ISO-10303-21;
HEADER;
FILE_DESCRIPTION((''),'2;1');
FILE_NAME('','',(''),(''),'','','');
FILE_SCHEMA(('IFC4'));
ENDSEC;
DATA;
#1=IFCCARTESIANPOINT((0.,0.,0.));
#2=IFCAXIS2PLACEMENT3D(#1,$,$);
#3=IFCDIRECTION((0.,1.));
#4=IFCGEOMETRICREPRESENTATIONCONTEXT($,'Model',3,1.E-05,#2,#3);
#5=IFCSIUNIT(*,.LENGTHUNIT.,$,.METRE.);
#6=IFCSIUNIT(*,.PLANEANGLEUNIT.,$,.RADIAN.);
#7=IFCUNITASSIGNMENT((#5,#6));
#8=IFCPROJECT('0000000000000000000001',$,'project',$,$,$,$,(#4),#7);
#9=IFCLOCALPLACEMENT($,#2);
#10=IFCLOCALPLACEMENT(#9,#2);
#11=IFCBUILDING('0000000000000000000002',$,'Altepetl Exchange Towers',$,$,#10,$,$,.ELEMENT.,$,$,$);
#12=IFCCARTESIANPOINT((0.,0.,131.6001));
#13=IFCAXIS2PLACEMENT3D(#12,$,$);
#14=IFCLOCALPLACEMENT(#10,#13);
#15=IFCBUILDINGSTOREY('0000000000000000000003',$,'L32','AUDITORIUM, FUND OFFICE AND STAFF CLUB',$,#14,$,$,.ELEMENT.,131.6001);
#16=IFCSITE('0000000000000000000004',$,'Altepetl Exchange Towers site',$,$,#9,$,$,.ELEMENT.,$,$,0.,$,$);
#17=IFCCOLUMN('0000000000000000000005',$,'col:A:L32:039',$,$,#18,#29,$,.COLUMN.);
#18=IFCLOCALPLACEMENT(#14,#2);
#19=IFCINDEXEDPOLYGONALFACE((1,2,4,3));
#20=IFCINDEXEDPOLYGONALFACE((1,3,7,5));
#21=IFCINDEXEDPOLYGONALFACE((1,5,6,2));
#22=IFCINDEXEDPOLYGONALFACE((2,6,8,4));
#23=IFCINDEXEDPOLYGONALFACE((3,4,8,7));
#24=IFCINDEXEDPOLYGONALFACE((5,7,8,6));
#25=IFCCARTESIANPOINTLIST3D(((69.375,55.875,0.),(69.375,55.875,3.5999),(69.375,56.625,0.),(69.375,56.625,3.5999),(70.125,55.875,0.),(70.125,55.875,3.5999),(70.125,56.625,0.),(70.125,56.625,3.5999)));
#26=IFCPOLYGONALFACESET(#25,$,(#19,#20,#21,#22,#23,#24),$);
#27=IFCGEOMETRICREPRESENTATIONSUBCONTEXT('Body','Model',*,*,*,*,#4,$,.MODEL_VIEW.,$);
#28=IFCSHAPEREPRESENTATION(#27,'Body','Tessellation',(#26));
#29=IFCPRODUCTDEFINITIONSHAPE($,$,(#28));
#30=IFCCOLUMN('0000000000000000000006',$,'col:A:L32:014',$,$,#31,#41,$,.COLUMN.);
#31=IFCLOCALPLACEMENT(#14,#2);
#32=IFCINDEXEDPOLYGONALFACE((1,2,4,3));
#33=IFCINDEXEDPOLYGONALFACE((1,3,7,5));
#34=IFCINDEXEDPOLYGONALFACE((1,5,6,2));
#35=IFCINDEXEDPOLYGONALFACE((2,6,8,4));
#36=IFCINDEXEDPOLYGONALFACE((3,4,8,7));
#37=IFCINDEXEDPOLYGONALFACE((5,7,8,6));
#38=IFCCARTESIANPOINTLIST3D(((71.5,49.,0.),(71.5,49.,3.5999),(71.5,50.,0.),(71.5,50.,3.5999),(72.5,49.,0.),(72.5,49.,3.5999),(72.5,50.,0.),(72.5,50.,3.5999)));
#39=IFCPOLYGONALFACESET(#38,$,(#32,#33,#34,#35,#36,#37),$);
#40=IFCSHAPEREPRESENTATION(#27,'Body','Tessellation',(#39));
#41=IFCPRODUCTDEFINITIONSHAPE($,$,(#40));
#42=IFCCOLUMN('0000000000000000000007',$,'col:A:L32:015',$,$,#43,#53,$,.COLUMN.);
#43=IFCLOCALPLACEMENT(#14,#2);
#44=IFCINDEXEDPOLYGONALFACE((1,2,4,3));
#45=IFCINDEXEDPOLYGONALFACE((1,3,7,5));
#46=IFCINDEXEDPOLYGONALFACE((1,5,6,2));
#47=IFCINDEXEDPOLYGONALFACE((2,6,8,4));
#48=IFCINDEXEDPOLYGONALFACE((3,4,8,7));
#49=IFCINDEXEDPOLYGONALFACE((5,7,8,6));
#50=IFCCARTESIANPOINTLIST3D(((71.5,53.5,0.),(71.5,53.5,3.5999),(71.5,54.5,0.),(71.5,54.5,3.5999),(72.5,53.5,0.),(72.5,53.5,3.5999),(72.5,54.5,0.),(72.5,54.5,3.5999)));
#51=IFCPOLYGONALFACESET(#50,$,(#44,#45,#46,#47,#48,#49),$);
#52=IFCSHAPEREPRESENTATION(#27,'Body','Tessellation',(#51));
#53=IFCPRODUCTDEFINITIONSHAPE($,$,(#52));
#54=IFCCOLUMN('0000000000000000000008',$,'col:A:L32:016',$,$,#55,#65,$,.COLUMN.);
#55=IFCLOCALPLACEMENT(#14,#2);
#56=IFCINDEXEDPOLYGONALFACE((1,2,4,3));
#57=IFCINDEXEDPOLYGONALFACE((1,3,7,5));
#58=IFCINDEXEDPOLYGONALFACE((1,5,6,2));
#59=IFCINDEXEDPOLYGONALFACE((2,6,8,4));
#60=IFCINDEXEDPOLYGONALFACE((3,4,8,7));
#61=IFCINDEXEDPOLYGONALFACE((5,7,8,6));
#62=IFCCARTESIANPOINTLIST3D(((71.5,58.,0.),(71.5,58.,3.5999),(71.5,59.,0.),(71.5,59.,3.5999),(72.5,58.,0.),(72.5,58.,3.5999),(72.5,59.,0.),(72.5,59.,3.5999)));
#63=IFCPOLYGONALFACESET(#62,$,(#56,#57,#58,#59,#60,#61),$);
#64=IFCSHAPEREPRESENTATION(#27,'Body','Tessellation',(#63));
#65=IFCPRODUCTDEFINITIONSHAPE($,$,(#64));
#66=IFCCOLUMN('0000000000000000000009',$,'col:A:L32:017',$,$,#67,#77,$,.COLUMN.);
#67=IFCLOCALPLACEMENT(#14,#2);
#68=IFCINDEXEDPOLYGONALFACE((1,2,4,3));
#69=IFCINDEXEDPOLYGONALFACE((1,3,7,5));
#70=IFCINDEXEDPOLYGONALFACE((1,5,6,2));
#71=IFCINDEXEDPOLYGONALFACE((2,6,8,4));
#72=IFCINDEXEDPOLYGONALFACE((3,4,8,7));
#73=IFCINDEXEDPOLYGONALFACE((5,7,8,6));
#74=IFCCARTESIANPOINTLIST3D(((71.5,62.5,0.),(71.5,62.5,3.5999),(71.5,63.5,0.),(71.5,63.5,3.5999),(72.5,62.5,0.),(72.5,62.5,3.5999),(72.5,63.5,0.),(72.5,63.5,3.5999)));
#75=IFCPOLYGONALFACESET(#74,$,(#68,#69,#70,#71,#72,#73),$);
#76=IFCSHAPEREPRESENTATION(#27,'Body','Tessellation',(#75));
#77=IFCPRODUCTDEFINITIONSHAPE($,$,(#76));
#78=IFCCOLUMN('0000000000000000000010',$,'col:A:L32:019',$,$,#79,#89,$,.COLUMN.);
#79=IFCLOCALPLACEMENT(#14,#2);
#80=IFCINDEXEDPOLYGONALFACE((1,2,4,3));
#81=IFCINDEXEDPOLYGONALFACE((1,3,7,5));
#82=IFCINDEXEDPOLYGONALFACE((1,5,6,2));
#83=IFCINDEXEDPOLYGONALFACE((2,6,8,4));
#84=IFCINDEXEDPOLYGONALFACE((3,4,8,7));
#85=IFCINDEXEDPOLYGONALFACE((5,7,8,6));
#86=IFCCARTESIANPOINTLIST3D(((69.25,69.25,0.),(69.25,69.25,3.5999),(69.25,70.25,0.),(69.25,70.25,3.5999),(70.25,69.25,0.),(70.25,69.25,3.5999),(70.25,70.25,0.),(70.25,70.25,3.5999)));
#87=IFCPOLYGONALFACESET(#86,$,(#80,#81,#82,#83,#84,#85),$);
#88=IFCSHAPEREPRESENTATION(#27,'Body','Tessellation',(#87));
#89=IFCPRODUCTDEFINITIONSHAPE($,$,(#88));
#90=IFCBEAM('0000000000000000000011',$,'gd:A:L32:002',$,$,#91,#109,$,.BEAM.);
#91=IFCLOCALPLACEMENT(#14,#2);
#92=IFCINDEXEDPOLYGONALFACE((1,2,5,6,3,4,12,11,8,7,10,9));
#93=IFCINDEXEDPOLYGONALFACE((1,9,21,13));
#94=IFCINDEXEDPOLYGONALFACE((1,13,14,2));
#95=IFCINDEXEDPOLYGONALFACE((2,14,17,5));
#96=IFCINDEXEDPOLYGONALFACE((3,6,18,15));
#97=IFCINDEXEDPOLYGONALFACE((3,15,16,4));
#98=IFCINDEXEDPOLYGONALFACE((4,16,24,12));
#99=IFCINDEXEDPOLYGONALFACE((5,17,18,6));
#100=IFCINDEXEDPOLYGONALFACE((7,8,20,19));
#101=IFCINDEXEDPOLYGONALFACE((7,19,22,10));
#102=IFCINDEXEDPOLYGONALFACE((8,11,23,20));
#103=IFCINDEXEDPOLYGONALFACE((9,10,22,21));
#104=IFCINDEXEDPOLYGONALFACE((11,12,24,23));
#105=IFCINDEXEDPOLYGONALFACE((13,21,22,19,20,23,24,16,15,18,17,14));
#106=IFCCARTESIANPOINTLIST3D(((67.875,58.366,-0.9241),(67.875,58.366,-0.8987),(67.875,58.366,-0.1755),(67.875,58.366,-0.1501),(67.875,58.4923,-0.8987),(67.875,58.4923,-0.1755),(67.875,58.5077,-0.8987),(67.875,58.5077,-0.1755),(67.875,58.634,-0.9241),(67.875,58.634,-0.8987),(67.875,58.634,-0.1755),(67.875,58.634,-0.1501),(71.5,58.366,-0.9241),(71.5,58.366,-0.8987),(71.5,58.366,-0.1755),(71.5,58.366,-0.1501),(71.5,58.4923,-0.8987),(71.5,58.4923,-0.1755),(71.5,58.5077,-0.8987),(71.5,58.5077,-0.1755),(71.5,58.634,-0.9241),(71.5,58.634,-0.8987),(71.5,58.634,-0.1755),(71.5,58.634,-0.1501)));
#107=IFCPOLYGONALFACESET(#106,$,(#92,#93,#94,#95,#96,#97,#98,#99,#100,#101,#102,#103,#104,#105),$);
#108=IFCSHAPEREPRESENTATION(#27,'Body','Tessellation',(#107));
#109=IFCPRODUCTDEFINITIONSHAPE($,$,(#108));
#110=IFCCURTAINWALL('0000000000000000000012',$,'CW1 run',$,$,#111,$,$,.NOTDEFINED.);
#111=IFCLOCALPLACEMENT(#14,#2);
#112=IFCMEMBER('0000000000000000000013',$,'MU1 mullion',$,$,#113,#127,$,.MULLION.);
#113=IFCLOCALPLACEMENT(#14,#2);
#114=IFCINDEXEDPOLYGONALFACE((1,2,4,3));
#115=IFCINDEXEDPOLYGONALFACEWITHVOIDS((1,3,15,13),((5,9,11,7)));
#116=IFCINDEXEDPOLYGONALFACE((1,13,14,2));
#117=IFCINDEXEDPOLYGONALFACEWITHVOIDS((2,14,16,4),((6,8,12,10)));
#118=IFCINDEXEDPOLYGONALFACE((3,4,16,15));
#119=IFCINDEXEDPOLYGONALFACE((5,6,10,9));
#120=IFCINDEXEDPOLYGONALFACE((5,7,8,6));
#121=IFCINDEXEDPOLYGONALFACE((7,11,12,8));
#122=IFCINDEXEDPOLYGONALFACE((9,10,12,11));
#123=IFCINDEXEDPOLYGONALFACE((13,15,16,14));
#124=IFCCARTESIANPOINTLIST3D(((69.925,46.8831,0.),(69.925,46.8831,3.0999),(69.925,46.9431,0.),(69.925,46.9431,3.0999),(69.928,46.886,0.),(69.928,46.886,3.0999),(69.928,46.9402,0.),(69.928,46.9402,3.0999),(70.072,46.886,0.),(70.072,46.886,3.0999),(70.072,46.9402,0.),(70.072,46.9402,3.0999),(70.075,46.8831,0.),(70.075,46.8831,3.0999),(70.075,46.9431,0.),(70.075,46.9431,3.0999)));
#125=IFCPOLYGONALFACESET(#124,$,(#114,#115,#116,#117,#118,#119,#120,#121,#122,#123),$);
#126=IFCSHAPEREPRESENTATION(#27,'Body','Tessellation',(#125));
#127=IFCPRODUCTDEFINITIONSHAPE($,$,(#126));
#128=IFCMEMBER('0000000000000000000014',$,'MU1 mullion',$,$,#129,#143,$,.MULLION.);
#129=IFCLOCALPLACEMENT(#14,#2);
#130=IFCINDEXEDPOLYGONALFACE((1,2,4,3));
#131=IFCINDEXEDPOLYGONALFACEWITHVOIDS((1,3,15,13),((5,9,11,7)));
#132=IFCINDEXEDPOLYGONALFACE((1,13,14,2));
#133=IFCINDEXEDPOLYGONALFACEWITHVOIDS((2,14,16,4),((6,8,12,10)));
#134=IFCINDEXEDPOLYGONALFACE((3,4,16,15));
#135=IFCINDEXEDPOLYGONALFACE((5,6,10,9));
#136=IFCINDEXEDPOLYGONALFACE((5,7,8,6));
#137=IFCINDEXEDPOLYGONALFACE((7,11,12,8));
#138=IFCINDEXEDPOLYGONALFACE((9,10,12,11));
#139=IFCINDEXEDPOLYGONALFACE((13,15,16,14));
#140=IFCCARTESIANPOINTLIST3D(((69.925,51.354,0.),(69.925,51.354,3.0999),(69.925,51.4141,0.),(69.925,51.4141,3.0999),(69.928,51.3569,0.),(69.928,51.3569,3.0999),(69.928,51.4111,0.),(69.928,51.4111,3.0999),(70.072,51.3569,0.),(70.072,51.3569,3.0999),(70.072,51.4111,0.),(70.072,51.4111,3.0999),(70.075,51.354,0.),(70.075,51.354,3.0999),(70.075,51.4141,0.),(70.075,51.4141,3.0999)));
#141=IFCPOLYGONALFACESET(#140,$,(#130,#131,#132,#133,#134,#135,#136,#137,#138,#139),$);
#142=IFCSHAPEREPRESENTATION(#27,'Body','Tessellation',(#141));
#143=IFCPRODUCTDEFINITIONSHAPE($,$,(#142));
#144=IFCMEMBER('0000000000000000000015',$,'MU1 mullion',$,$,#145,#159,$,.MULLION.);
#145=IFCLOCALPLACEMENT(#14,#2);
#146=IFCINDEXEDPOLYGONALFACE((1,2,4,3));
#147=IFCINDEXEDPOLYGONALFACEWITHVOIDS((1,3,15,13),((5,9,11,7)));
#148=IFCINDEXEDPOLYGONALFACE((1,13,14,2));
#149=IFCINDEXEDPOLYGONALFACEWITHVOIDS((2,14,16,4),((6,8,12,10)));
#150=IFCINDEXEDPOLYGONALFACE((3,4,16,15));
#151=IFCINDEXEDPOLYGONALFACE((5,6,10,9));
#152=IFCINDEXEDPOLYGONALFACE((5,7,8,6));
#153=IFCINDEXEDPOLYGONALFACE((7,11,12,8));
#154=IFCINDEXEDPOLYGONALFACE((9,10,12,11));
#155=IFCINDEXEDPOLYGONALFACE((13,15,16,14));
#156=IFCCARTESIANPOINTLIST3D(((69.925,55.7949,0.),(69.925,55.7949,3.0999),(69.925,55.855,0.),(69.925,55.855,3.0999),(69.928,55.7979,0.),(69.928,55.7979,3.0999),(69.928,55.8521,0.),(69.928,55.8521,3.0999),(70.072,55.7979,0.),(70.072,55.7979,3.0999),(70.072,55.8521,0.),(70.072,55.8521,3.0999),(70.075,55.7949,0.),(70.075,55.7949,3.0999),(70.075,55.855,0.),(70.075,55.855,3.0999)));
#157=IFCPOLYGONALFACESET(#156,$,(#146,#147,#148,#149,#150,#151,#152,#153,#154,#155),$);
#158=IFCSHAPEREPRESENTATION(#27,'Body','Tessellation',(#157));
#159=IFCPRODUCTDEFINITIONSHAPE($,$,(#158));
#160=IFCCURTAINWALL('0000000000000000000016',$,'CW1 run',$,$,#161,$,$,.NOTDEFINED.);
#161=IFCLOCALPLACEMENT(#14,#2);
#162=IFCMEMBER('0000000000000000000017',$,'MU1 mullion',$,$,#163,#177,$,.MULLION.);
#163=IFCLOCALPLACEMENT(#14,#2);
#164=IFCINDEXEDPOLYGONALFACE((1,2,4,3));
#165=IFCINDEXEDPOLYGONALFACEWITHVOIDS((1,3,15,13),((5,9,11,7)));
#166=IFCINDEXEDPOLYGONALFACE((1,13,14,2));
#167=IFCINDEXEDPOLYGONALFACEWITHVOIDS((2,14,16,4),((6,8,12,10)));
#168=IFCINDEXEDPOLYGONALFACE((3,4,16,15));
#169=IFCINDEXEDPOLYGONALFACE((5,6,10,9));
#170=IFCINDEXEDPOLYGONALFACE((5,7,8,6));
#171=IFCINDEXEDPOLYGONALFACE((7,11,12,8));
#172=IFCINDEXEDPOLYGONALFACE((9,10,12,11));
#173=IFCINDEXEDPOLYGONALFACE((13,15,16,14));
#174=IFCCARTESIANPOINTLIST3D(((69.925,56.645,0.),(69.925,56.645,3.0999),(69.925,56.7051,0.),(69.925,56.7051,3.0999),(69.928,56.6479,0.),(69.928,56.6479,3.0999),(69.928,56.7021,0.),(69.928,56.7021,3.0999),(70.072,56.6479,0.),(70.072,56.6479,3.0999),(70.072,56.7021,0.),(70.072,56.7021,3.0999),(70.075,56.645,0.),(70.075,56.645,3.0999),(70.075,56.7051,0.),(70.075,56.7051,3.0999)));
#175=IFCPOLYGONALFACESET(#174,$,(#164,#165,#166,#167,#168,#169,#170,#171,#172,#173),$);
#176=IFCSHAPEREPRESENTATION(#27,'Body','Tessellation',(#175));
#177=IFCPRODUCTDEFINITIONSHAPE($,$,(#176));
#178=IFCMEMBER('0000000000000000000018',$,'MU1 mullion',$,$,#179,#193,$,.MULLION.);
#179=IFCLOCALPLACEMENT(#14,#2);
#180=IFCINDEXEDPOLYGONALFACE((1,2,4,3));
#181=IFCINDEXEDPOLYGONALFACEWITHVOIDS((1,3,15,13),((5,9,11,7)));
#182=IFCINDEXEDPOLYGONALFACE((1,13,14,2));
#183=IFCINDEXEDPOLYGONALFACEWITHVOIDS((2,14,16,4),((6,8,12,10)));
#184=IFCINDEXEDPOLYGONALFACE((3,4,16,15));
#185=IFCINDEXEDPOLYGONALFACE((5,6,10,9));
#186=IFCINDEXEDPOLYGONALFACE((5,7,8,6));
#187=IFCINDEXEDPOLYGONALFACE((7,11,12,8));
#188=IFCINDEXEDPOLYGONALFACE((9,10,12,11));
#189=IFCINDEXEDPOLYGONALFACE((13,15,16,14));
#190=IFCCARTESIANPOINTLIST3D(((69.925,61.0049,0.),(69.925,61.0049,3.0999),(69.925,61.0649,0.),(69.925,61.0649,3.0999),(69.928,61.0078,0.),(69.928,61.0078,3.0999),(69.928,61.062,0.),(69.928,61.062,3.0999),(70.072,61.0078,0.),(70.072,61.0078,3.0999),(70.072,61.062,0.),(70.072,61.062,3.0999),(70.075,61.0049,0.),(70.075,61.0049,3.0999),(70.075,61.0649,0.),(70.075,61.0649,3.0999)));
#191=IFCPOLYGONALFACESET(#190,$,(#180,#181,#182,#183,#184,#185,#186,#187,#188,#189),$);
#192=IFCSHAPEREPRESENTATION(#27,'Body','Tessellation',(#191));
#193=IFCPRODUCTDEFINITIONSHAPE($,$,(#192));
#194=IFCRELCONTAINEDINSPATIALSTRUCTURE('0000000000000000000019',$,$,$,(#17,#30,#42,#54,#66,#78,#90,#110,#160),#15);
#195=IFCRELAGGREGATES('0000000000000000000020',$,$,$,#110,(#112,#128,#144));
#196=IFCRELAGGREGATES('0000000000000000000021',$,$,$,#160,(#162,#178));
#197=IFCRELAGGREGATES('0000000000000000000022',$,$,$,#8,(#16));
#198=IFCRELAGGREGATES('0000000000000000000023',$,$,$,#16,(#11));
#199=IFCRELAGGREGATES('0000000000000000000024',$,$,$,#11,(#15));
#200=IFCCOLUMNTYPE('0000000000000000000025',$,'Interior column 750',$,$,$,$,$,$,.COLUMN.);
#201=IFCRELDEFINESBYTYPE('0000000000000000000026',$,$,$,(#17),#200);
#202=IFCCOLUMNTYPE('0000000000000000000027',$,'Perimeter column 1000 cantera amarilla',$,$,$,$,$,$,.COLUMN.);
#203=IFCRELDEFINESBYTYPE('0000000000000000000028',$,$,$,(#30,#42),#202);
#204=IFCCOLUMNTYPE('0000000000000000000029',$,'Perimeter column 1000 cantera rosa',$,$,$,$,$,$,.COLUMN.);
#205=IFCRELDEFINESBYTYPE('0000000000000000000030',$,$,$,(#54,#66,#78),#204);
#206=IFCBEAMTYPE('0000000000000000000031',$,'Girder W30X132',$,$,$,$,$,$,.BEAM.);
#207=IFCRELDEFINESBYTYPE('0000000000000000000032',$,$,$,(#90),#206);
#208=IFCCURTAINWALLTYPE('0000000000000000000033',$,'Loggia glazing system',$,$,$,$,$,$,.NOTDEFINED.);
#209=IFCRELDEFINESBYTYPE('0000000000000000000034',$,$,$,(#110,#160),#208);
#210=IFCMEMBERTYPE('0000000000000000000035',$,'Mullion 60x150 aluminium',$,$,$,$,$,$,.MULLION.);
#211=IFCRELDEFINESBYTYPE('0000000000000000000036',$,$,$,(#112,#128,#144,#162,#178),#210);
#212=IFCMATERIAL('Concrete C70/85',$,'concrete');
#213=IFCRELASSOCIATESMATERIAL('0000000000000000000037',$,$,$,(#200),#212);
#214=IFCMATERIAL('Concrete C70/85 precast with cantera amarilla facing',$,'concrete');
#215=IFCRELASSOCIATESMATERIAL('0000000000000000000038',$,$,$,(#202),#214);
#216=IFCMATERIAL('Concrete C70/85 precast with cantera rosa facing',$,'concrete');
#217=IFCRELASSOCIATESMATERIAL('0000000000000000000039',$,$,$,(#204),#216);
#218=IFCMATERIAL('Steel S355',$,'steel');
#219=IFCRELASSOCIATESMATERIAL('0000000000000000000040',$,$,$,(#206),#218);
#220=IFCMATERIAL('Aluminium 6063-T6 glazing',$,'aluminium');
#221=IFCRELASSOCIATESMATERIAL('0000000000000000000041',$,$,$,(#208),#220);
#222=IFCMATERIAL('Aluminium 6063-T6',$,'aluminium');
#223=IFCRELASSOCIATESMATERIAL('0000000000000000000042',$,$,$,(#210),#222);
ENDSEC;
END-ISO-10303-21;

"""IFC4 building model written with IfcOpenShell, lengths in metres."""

from ifc_helpers import new_model, si_unit, direction, frame, origin, origin_2d, place, context, subcontext, project, spatial, rectangle, hollow_rectangle, i_section, extrude, material, material_profile, profile_set, type_object, element, aggregate, save


model = new_model("IFC4")

# Units and contexts
model_context = context("Model", 3, precision=1e-05, world=origin(), true_north=direction((0.0, 1.0)))
body_context = subcontext(model_context, "Body", "Model", "MODEL_VIEW")
ifc_project = project(units=[si_unit("LENGTHUNIT", "METRE"), si_unit("PLANEANGLEUNIT", "RADIAN")], contexts=[model_context])

# Site, building, storey
site_placement = place(None, origin())
site = spatial("IfcSite", under=ifc_project, at=site_placement, Name="Altepetl Exchange Towers site", CompositionType="ELEMENT", RefElevation=0.0)
building_placement = place(site_placement, origin())
building = spatial("IfcBuilding", under=site, at=building_placement, Name="Altepetl Exchange Towers", CompositionType="ELEMENT")
storey_placement = place(building_placement, frame((0.0, 0.0, 131.6001)))
storey = spatial("IfcBuildingStorey", under=building, at=storey_placement, Name="L32", Description="AUDITORIUM, FUND OFFICE AND STAFF CLUB", CompositionType="ELEMENT", Elevation=131.6001)

# Columns
ifc_material_1 = material(Name="Concrete C70/85", Category="concrete")
ifc_material_profile_1 = material_profile(ifc_material_1, rectangle(XDim=0.75, YDim=0.75, at=origin_2d()), Name="750 x 750")
ifc_profile_set_1 = profile_set([ifc_material_profile_1], Name="Concrete C70/85")
column_type_1 = type_object("IfcColumnType", Name="Interior column 750", PredefinedType="COLUMN", material=ifc_profile_set_1)
column_placement = place(storey_placement, frame((69.75, 56.25, 0.0)))
element("IfcColumn", 1, at=column_placement, inside=storey, type_object=column_type_1, Name="col:A:L32:039", PredefinedType="COLUMN", context=body_context, shape_type="SweptSolid", body=[
    extrude(rectangle(XDim=0.75, YDim=0.75, at=origin_2d()), origin(), (0.0, 0.0, 1.0), 3.5999),
])
ifc_material_2 = material(Name="Concrete C70/85 precast with cantera amarilla facing", Category="concrete")
ifc_material_profile_2 = material_profile(ifc_material_2, rectangle(XDim=1.0, YDim=1.0, at=origin_2d()), Name="1000 x 1000")
ifc_profile_set_2 = profile_set([ifc_material_profile_2], Name="Concrete C70/85 precast with cantera amarilla facing")
column_type_2 = type_object("IfcColumnType", Name="Perimeter column 1000 cantera amarilla", PredefinedType="COLUMN", material=ifc_profile_set_2)
for number, where, name in (
    (2, (72.0, 49.5, 0.0), "col:A:L32:014"),
    (3, (72.0, 54.0, 0.0), "col:A:L32:015"),
):
    element("IfcColumn", number, at=place(storey_placement, frame(where)), inside=storey, type_object=column_type_2, Name=name, PredefinedType="COLUMN", context=body_context, shape_type="SweptSolid", body=[
        extrude(rectangle(XDim=1.0, YDim=1.0, at=origin_2d()), origin(), (0.0, 0.0, 1.0), 3.5999),
    ])
ifc_material_3 = material(Name="Concrete C70/85 precast with cantera rosa facing", Category="concrete")
ifc_material_profile_3 = material_profile(ifc_material_3, rectangle(XDim=1.0, YDim=1.0, at=origin_2d()), Name="1000 x 1000")
ifc_profile_set_3 = profile_set([ifc_material_profile_3], Name="Concrete C70/85 precast with cantera rosa facing")
column_type_3 = type_object("IfcColumnType", Name="Perimeter column 1000 cantera rosa", PredefinedType="COLUMN", material=ifc_profile_set_3)
for number, where, name in (
    (4, (72.0, 58.5, 0.0), "col:A:L32:016"),
    (5, (72.0, 63.0, 0.0), "col:A:L32:017"),
    (6, (69.75, 69.75, 0.0), "col:A:L32:019"),
):
    element("IfcColumn", number, at=place(storey_placement, frame(where)), inside=storey, type_object=column_type_3, Name=name, PredefinedType="COLUMN", context=body_context, shape_type="SweptSolid", body=[
        extrude(rectangle(XDim=1.0, YDim=1.0, at=origin_2d()), origin(), (0.0, 0.0, 1.0), 3.5999),
    ])

# Beam
ifc_material_4 = material(Name="Steel S355", Category="steel")
ifc_material_profile_4 = material_profile(ifc_material_4, i_section(OverallWidth=0.2681, OverallDepth=0.7739, WebThickness=0.0154, FlangeThickness=0.0254, at=origin_2d()), Name="W30X132")
ifc_profile_set_4 = profile_set([ifc_material_profile_4], Name="Steel S355")
beam_type_1 = type_object("IfcBeamType", Name="Girder W30X132", PredefinedType="BEAM", material=ifc_profile_set_4)
beam_1_placement = place(storey_placement, frame((67.875, 58.5, -0.5371), z_axis=(1.0, 0.0, 0.0), x_axis=(0.0, 1.0, 0.0)))
element("IfcBeam", 7, at=beam_1_placement, inside=storey, type_object=beam_type_1, Name="gd:A:L32:002", PredefinedType="BEAM", context=body_context, shape_type="SweptSolid", body=[
    extrude(i_section(OverallWidth=0.2681, OverallDepth=0.7739, WebThickness=0.0154, FlangeThickness=0.0254, at=origin_2d()), origin(), (0.0, 0.0, 1.0), 3.625),
])

# Curtain walls, members
ifc_material_5 = material(Name="Aluminium 6063-T6 glazing", Category="aluminium")
curtain_wall_type = type_object("IfcCurtainWallType", Name="Loggia glazing system", PredefinedType="NOTDEFINED", material=ifc_material_5)
curtain_wall_1_placement = place(storey_placement, origin())
curtain_wall_1 = element("IfcCurtainWall", 8, at=curtain_wall_1_placement, inside=storey, type_object=curtain_wall_type, Name="CW1 run", PredefinedType="NOTDEFINED")
ifc_material_6 = material(Name="Aluminium 6063-T6", Category="aluminium")
ifc_material_profile_5 = material_profile(ifc_material_6, hollow_rectangle(XDim=0.0601, YDim=0.1499, WallThickness=0.0029, at=origin_2d()), Name="Mullion 60x150 aluminium")
ifc_profile_set_5 = profile_set([ifc_material_profile_5], Name="Aluminium 6063-T6")
member_type = type_object("IfcMemberType", Name="Mullion 60x150 aluminium", PredefinedType="MULLION", material=ifc_profile_set_5)
member_1_placement = place(storey_placement, frame((70.0, 46.9131, 0.0), z_axis=(0.0, 0.0, 1.0), x_axis=(0.0, 1.0, 0.0)))
member_1 = element("IfcMember", 9, at=member_1_placement, type_object=member_type, Name="MU1 mullion", PredefinedType="MULLION", context=body_context, shape_type="SweptSolid", body=[
    extrude(hollow_rectangle(XDim=0.0601, YDim=0.1499, WallThickness=0.0029, at=origin_2d()), origin(), (0.0, 0.0, 1.0), 3.0999),
])
member_2_placement = place(storey_placement, frame((70.0, 51.384, 0.0), z_axis=(0.0, 0.0, 1.0), x_axis=(0.0, 1.0, 0.0)))
member_2 = element("IfcMember", 10, at=member_2_placement, type_object=member_type, Name="MU1 mullion", PredefinedType="MULLION", context=body_context, shape_type="SweptSolid", body=[
    extrude(hollow_rectangle(XDim=0.0601, YDim=0.1499, WallThickness=0.0029, at=origin_2d()), origin(), (0.0, 0.0, 1.0), 3.0999),
])
member_3_placement = place(storey_placement, frame((70.0, 55.825, 0.0), z_axis=(0.0, 0.0, 1.0), x_axis=(0.0, 1.0, 0.0)))
member_3 = element("IfcMember", 11, at=member_3_placement, type_object=member_type, Name="MU1 mullion", PredefinedType="MULLION", context=body_context, shape_type="SweptSolid", body=[
    extrude(hollow_rectangle(XDim=0.0601, YDim=0.1499, WallThickness=0.0029, at=origin_2d()), origin(), (0.0, 0.0, 1.0), 3.0999),
])
curtain_wall_2_placement = place(storey_placement, origin())
curtain_wall_2 = element("IfcCurtainWall", 12, at=curtain_wall_2_placement, inside=storey, type_object=curtain_wall_type, Name="CW1 run", PredefinedType="NOTDEFINED")
member_4_placement = place(storey_placement, frame((70.0, 56.675, 0.0), z_axis=(0.0, 0.0, 1.0), x_axis=(0.0, 1.0, 0.0)))
member_4 = element("IfcMember", 13, at=member_4_placement, type_object=member_type, Name="MU1 mullion", PredefinedType="MULLION", context=body_context, shape_type="SweptSolid", body=[
    extrude(hollow_rectangle(XDim=0.0601, YDim=0.1499, WallThickness=0.0029, at=origin_2d()), origin(), (0.0, 0.0, 1.0), 3.0999),
])
member_5_placement = place(storey_placement, frame((70.0, 61.0349, 0.0), z_axis=(0.0, 0.0, 1.0), x_axis=(0.0, 1.0, 0.0)))
member_5 = element("IfcMember", 14, at=member_5_placement, type_object=member_type, Name="MU1 mullion", PredefinedType="MULLION", context=body_context, shape_type="SweptSolid", body=[
    extrude(hollow_rectangle(XDim=0.0601, YDim=0.1499, WallThickness=0.0029, at=origin_2d()), origin(), (0.0, 0.0, 1.0), 3.0999),
])

aggregate(curtain_wall_1, [member_1, member_2, member_3])
aggregate(curtain_wall_2, [member_4, member_5])

save(model, "model.ifc")
